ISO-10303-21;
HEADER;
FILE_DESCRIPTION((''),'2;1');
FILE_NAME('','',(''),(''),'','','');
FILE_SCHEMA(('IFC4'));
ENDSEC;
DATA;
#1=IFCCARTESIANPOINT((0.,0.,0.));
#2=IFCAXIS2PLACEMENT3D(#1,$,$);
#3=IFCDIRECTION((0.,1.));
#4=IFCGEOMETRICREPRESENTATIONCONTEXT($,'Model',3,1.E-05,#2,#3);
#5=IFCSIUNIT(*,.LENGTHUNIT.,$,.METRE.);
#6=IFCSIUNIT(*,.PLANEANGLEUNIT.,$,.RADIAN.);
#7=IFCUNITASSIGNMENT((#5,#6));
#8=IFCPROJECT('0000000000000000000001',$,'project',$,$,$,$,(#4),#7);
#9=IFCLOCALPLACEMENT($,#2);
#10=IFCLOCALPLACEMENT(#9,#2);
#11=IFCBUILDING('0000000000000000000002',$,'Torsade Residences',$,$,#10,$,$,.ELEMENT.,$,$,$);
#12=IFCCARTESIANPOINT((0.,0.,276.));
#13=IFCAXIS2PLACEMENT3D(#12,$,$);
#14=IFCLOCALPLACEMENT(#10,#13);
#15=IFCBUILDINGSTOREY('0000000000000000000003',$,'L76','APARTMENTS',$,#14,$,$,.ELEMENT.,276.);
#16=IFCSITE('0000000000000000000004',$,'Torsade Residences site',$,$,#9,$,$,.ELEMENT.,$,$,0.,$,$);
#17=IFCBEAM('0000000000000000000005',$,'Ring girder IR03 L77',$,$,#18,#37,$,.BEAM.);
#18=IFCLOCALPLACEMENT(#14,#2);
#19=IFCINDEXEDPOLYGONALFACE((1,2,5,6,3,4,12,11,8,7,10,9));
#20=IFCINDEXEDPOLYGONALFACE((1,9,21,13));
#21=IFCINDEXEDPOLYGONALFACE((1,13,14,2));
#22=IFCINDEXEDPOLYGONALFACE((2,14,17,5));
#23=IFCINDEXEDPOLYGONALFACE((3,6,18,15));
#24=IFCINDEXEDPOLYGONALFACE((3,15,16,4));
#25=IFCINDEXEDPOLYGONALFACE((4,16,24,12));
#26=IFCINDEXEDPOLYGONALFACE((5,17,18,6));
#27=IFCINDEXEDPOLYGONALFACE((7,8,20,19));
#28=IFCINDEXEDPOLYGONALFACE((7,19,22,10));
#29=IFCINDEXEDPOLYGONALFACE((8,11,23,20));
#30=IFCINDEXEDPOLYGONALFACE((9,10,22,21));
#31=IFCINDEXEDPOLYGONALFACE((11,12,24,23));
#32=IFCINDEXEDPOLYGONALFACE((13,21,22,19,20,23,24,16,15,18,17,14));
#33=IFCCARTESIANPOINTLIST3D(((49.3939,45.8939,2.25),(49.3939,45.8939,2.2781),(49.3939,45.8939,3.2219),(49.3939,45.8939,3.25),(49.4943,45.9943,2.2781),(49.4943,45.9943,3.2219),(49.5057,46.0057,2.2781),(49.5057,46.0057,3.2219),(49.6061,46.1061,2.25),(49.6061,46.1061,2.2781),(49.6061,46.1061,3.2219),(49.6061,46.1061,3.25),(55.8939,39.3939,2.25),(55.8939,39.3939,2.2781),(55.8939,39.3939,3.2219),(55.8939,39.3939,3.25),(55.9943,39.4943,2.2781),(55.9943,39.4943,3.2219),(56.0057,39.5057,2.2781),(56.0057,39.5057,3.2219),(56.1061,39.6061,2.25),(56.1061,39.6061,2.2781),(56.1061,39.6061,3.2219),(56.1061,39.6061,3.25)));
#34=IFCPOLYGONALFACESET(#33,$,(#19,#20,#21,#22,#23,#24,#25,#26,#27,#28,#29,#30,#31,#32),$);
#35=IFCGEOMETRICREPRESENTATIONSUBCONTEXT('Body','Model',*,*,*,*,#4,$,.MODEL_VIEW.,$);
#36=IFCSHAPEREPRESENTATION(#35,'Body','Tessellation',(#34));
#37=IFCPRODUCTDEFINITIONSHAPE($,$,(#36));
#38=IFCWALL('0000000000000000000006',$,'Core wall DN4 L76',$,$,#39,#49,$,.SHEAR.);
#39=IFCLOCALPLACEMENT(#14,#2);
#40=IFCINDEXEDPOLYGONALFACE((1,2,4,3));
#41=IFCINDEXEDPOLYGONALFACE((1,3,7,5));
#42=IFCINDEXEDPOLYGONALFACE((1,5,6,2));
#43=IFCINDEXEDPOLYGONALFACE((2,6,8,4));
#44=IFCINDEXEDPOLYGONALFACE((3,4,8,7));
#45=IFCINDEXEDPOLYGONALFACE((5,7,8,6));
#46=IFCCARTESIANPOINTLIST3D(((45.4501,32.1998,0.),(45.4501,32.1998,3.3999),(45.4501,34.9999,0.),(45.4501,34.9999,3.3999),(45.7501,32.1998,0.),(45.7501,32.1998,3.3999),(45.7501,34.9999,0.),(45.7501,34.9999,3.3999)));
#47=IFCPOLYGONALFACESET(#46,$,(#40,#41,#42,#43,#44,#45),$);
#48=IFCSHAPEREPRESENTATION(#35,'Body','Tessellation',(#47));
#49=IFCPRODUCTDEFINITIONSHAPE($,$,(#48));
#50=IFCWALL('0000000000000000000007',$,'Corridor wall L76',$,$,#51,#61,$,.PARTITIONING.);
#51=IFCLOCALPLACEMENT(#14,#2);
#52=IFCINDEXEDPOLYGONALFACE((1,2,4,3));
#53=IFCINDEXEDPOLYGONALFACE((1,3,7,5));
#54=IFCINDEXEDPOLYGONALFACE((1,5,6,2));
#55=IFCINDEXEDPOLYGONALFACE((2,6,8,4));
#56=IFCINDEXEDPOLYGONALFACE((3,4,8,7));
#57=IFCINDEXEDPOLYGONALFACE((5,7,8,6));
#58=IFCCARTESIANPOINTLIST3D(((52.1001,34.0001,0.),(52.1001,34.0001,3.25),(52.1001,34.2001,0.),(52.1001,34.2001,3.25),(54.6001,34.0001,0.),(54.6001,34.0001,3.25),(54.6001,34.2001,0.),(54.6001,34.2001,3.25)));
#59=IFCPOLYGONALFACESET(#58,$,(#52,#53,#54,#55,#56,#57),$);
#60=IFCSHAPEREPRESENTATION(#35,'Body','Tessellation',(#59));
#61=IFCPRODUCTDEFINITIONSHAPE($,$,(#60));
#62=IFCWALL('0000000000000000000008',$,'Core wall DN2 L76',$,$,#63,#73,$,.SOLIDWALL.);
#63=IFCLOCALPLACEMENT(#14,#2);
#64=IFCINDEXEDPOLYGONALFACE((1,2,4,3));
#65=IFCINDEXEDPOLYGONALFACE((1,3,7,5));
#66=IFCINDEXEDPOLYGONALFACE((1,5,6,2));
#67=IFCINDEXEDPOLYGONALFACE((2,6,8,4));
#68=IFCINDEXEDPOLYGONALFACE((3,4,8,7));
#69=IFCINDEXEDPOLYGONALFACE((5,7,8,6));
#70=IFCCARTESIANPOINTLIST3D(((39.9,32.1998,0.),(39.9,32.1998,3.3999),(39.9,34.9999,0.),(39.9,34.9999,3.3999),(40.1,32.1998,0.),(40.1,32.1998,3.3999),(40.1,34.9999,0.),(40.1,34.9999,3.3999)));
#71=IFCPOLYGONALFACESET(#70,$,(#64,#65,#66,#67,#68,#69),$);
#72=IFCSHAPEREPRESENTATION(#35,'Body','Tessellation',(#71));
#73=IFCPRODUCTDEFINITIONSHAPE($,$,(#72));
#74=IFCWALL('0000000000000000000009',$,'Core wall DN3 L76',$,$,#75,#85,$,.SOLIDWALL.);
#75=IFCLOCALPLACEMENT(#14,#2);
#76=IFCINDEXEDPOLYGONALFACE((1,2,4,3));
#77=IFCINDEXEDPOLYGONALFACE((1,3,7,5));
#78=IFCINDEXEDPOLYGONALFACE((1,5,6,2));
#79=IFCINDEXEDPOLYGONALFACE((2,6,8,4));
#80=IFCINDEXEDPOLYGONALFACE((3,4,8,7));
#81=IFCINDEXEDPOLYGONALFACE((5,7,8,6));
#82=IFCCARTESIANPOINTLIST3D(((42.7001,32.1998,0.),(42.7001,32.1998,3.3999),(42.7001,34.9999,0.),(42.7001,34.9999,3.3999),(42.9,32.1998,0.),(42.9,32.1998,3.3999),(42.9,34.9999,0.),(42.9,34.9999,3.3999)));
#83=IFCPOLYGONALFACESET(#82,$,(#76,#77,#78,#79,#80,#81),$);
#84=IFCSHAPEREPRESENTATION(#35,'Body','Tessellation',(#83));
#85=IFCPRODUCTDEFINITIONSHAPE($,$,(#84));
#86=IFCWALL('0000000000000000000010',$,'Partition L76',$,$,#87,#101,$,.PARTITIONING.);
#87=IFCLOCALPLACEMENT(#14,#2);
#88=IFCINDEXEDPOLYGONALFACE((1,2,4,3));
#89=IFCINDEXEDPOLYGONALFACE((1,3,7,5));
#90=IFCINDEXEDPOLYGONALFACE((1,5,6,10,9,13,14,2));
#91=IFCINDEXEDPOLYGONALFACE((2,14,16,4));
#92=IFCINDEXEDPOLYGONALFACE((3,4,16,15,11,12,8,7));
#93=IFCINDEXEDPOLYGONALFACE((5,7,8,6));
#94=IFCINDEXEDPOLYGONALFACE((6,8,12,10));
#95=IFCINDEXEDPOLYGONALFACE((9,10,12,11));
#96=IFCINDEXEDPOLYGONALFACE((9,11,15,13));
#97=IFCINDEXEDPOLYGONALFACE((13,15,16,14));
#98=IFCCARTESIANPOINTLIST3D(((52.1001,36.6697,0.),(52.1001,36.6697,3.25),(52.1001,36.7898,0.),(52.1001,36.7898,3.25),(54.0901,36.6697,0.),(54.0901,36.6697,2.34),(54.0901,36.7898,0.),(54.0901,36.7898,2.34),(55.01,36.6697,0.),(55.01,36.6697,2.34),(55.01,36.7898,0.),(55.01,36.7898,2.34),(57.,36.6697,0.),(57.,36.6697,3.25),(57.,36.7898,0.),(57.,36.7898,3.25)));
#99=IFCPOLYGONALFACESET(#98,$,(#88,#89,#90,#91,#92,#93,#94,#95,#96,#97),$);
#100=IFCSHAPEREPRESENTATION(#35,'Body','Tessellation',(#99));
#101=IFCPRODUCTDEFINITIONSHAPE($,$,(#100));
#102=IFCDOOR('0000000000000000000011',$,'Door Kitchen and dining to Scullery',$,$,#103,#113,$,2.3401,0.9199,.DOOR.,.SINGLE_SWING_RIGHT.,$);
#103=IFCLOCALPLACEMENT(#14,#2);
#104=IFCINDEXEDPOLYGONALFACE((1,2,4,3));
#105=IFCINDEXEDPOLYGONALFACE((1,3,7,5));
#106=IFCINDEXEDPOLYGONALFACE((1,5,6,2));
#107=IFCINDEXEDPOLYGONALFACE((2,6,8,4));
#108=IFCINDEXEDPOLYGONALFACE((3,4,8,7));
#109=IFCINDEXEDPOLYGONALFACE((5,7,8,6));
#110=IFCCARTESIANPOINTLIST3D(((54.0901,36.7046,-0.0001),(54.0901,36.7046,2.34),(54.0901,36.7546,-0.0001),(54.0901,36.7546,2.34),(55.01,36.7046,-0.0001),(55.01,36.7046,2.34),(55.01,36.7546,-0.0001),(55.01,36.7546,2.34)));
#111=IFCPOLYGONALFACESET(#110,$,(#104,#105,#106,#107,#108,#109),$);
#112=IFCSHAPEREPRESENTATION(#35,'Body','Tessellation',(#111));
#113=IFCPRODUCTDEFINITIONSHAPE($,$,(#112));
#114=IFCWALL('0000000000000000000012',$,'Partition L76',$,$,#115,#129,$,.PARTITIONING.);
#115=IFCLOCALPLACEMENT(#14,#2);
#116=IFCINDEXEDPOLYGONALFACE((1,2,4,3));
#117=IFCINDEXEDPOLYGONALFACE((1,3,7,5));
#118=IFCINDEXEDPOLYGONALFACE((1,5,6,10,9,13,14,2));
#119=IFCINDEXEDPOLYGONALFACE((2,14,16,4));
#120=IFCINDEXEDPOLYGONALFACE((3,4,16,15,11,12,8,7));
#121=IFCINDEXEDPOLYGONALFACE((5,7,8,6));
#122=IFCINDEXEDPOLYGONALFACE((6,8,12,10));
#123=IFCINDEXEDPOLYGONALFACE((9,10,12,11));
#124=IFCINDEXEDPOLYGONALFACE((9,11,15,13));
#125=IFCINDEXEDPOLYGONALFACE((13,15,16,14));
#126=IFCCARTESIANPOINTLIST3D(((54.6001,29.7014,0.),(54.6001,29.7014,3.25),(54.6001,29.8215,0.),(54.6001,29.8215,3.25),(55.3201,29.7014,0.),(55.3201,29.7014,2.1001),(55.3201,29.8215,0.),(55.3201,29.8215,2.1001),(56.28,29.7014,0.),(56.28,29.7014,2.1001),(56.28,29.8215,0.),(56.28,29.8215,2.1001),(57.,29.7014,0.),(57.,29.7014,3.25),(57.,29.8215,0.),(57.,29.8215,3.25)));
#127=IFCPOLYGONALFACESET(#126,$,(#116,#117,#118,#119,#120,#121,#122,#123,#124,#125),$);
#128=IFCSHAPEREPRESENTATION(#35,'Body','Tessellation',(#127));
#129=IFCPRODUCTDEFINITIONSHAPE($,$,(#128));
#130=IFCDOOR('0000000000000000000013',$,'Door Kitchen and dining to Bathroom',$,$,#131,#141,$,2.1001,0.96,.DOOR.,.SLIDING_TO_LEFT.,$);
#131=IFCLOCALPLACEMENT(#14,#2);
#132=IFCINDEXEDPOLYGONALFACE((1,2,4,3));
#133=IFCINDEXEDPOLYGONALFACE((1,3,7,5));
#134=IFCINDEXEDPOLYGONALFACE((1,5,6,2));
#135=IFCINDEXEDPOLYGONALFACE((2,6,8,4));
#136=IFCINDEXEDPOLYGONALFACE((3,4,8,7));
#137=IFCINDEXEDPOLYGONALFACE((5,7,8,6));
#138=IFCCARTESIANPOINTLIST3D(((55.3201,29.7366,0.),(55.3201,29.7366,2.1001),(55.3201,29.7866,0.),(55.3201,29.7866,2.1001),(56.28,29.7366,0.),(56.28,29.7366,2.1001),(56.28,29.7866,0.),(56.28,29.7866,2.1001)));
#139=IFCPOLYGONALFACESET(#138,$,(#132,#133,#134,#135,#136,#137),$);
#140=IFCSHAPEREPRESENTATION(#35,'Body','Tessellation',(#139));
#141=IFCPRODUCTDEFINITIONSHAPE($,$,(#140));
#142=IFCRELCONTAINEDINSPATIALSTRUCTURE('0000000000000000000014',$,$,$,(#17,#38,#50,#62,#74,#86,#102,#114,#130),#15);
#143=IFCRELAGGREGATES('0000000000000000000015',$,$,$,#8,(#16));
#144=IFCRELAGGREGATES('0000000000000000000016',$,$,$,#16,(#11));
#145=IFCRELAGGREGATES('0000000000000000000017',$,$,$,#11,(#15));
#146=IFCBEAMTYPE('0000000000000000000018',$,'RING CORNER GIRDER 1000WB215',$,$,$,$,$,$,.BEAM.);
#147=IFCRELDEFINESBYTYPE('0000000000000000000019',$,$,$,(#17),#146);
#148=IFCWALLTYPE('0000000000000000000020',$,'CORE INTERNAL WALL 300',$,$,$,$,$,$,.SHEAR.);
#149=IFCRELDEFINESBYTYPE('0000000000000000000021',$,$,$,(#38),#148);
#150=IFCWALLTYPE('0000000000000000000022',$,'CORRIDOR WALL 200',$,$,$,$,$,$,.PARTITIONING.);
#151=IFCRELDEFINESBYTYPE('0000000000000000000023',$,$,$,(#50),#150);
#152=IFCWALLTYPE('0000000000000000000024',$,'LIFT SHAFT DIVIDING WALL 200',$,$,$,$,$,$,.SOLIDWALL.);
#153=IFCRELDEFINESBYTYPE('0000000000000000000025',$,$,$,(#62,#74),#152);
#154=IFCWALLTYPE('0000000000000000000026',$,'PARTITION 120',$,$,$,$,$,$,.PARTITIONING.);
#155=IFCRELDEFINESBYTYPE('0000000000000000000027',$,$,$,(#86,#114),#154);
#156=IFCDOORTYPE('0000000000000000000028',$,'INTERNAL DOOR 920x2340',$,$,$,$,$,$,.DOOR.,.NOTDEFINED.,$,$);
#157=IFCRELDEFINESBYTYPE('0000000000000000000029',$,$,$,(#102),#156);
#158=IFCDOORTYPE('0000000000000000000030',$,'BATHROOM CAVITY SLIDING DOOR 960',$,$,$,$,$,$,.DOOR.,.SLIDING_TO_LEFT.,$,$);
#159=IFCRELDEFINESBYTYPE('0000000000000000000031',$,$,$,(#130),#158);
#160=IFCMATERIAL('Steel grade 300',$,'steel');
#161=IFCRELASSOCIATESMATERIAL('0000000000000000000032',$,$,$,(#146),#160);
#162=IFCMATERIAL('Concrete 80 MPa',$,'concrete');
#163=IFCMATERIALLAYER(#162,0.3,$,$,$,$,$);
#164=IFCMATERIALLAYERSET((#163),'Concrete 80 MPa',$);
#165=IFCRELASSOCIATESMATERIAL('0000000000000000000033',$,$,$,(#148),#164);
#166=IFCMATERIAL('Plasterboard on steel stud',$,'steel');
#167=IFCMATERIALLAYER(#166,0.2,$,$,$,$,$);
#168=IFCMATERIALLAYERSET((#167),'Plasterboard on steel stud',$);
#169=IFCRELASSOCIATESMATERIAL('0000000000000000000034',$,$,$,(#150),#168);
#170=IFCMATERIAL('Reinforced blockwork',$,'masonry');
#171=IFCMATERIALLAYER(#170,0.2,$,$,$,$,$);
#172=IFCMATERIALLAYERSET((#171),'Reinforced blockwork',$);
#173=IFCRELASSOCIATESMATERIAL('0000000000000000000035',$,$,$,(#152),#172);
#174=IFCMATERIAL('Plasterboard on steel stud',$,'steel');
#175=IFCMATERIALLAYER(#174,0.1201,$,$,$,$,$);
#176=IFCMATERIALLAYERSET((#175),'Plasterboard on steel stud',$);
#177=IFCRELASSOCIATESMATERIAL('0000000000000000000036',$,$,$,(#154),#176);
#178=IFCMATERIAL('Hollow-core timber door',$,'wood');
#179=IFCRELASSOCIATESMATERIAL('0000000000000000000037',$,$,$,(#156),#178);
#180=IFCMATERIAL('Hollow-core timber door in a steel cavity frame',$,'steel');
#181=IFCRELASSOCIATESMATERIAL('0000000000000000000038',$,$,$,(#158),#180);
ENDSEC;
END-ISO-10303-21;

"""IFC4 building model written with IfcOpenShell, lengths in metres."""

from ifc_helpers import new_model, si_unit, direction, frame, frame_2d, origin, origin_2d, place, context, subcontext, project, spatial, rectangle, i_section, extrude, material, layer, layer_set, material_profile, profile_set, type_object, element, fill, save


model = new_model("IFC4")

# Units and contexts
model_context = context("Model", 3, precision=1e-05, world=origin(), true_north=direction((0.0, 1.0)))
body_context = subcontext(model_context, "Body", "Model", "MODEL_VIEW")
ifc_project = project(units=[si_unit("LENGTHUNIT", "METRE"), si_unit("PLANEANGLEUNIT", "RADIAN")], contexts=[model_context])

# Site, building, storey
site_placement = place(None, origin())
site = spatial("IfcSite", under=ifc_project, at=site_placement, Name="Torsade Residences site", CompositionType="ELEMENT", RefElevation=0.0)
building_placement = place(site_placement, origin())
building = spatial("IfcBuilding", under=site, at=building_placement, Name="Torsade Residences", CompositionType="ELEMENT")
storey_placement = place(building_placement, frame((0.0, 0.0, 276.0)))
storey = spatial("IfcBuildingStorey", under=building, at=storey_placement, Name="L76", Description="APARTMENTS", CompositionType="ELEMENT", Elevation=276.0)

# Beam
ifc_material_1 = material(Name="Steel grade 300", Category="steel")
ifc_material_profile_1 = material_profile(ifc_material_1, i_section(OverallWidth=0.3, OverallDepth=1.0, WebThickness=0.0161, FlangeThickness=0.0281, at=origin_2d()), Name="1000WB215")
ifc_profile_set_1 = profile_set([ifc_material_profile_1], Name="Steel grade 300")
beam_type_1 = type_object("IfcBeamType", Name="RING CORNER GIRDER 1000WB215", PredefinedType="BEAM", material=ifc_profile_set_1)
beam_1_placement = place(storey_placement, frame((56.0, 39.5, 2.75), z_axis=(-0.707107, 0.707107, 0.0), x_axis=(-0.707107, -0.707107, 0.0)))
element("IfcBeam", 1, at=beam_1_placement, inside=storey, type_object=beam_type_1, Name="Ring girder IR03 L77", PredefinedType="BEAM", context=body_context, shape_type="SweptSolid", body=[
    extrude(i_section(OverallWidth=0.3, OverallDepth=1.0, WebThickness=0.0161, FlangeThickness=0.0281, at=origin_2d()), origin(), (0.0, 0.0, 1.0), 9.1924),
])

# Walls
ifc_material_2 = material(Name="Concrete 80 MPa", Category="concrete")
ifc_layer_1 = layer(ifc_material_2, 0.3)
ifc_layer_set_1 = layer_set([ifc_layer_1], Name="Concrete 80 MPa")
wall_type_1 = type_object("IfcWallType", Name="CORE INTERNAL WALL 300", PredefinedType="SHEAR", material=ifc_layer_set_1)
wall_1_placement = place(storey_placement, frame((45.6001, 32.2, 0.0), z_axis=(0.0, 0.0, 1.0), x_axis=(0.0, 1.0, 0.0)))
element("IfcWall", 2, at=wall_1_placement, inside=storey, type_object=wall_type_1, Name="Core wall DN4 L76", PredefinedType="SHEAR", context=body_context, shape_type="SweptSolid", body=[
    extrude(rectangle(XDim=2.8, YDim=0.3, at=frame_2d((1.3999, 0.0))), origin(), (0.0, 0.0, 1.0), 3.3999),
])
ifc_material_3 = material(Name="Plasterboard on steel stud", Category="steel")
ifc_layer_2 = layer(ifc_material_3, 0.2)
ifc_layer_set_2 = layer_set([ifc_layer_2], Name="Plasterboard on steel stud")
wall_type_2 = type_object("IfcWallType", Name="CORRIDOR WALL 200", PredefinedType="PARTITIONING", material=ifc_layer_set_2)
wall_2_placement = place(storey_placement, frame((52.1001, 34.1001, 0.0), z_axis=(0.0, 0.0, 1.0), x_axis=(1.0, 0.0, 0.0)))
element("IfcWall", 3, at=wall_2_placement, inside=storey, type_object=wall_type_2, Name="Corridor wall L76", PredefinedType="PARTITIONING", context=body_context, shape_type="SweptSolid", body=[
    extrude(rectangle(XDim=2.5, YDim=0.2, at=frame_2d((1.25, 0.0))), origin(), (0.0, 0.0, 1.0), 3.25),
])
ifc_material_4 = material(Name="Reinforced blockwork", Category="masonry")
ifc_layer_3 = layer(ifc_material_4, 0.2)
ifc_layer_set_3 = layer_set([ifc_layer_3], Name="Reinforced blockwork")
wall_type_3 = type_object("IfcWallType", Name="LIFT SHAFT DIVIDING WALL 200", PredefinedType="SOLIDWALL", material=ifc_layer_set_3)
for number, where, z_axis, x_axis, name in (
    (4, (40.0, 32.2, 0.0), (0.0, 0.0, 1.0), (0.0, 1.0, 0.0), "Core wall DN2 L76"),
    (5, (42.8, 32.2, 0.0), (0.0, 0.0, 1.0), (0.0, 1.0, 0.0), "Core wall DN3 L76"),
):
    element("IfcWall", number, at=place(storey_placement, frame(where, z_axis=z_axis, x_axis=x_axis)), inside=storey, type_object=wall_type_3, Name=name, PredefinedType="SOLIDWALL", context=body_context, shape_type="SweptSolid", body=[
        extrude(rectangle(XDim=2.8, YDim=0.2, at=frame_2d((1.3999, 0.0))), origin(), (0.0, 0.0, 1.0), 3.3999),
    ])

# Walls, openings, doors
ifc_material_5 = material(Name="Plasterboard on steel stud", Category="steel")
ifc_layer_4 = layer(ifc_material_5, 0.1201)
ifc_layer_set_4 = layer_set([ifc_layer_4], Name="Plasterboard on steel stud")
wall_type_4 = type_object("IfcWallType", Name="PARTITION 120", PredefinedType="PARTITIONING", material=ifc_layer_set_4)
wall_3_placement = place(storey_placement, frame((52.1001, 36.7297, 0.0), z_axis=(0.0, 0.0, 1.0), x_axis=(1.0, 0.0, 0.0)))
wall_3 = element("IfcWall", 6, at=wall_3_placement, inside=storey, type_object=wall_type_4, Name="Partition L76", PredefinedType="PARTITIONING", context=body_context, shape_type="SweptSolid", body=[
    extrude(rectangle(XDim=4.8999, YDim=0.1201, at=frame_2d((2.45, 0.0))), origin(), (0.0, 0.0, 1.0), 3.25),
])
opening_1_placement = place(wall_3_placement, frame((1.99, 0.0, 0.0)))
opening_1 = element("IfcOpeningElement", 7, at=opening_1_placement, cuts=wall_3, PredefinedType="OPENING", context=body_context, shape_type="SweptSolid", body=[
    extrude(rectangle(XDim=0.9199, YDim=2.3401, at=frame_2d((0.46, 1.1699))), frame((0.0, 0.0701, 0.0), z_axis=(0.0, -1.0, 0.0), x_axis=(1.0, 0.0, 0.0)), (0.0, 0.0, 1.0), 0.1401),
])
ifc_material_6 = material(Name="Hollow-core timber door", Category="wood")
door_type_1 = type_object("IfcDoorType", Name="INTERNAL DOOR 920x2340", OperationType="NOTDEFINED", PredefinedType="DOOR", material=ifc_material_6)
door_1_placement = place(opening_1_placement, origin())
door_1 = element("IfcDoor", 8, at=door_1_placement, inside=storey, type_object=door_type_1, Name="Door Kitchen and dining to Scullery", OperationType="SINGLE_SWING_RIGHT", OverallHeight=2.3401, OverallWidth=0.9199, PredefinedType="DOOR", context=body_context, shape_type="SweptSolid", body=[
    extrude(rectangle(XDim=0.9199, YDim=2.3401, at=frame_2d((0.46, 1.1699))), frame((0.0, 0.0249, 0.0), z_axis=(0.0, -1.0, 0.0), x_axis=(1.0, 0.0, 0.0)), (0.0, 0.0, 1.0), 0.05),
])
fill(opening_1, door_1)
wall_4_placement = place(storey_placement, frame((57.0, 29.7615, 0.0), z_axis=(0.0, 0.0, 1.0), x_axis=(-1.0, 0.0, 0.0)))
wall_4 = element("IfcWall", 9, at=wall_4_placement, inside=storey, type_object=wall_type_4, Name="Partition L76", PredefinedType="PARTITIONING", context=body_context, shape_type="SweptSolid", body=[
    extrude(rectangle(XDim=2.3999, YDim=0.1201, at=frame_2d((1.2, 0.0))), origin(), (0.0, 0.0, 1.0), 3.25),
])
opening_2_placement = place(wall_4_placement, frame((0.72, 0.0, 0.0)))
opening_2 = element("IfcOpeningElement", 10, at=opening_2_placement, cuts=wall_4, PredefinedType="OPENING", context=body_context, shape_type="SweptSolid", body=[
    extrude(rectangle(XDim=0.96, YDim=2.1001, at=frame_2d((0.48, 1.05))), frame((0.0, 0.0701, 0.0), z_axis=(0.0, -1.0, 0.0), x_axis=(1.0, 0.0, 0.0)), (0.0, 0.0, 1.0), 0.1401),
])
ifc_material_7 = material(Name="Hollow-core timber door in a steel cavity frame", Category="steel")
door_type_2 = type_object("IfcDoorType", Name="BATHROOM CAVITY SLIDING DOOR 960", OperationType="SLIDING_TO_LEFT", PredefinedType="DOOR", material=ifc_material_7)
door_2_placement = place(opening_2_placement, origin())
door_2 = element("IfcDoor", 11, at=door_2_placement, inside=storey, type_object=door_type_2, Name="Door Kitchen and dining to Bathroom", OperationType="SLIDING_TO_LEFT", OverallHeight=2.1001, OverallWidth=0.96, PredefinedType="DOOR", context=body_context, shape_type="SweptSolid", body=[
    extrude(rectangle(XDim=0.96, YDim=2.1001, at=frame_2d((0.48, 1.05))), frame((0.0, 0.0249, 0.0), z_axis=(0.0, -1.0, 0.0), x_axis=(1.0, 0.0, 0.0)), (0.0, 0.0, 1.0), 0.05),
])
fill(opening_2, door_2)

save(model, "model.ifc")
